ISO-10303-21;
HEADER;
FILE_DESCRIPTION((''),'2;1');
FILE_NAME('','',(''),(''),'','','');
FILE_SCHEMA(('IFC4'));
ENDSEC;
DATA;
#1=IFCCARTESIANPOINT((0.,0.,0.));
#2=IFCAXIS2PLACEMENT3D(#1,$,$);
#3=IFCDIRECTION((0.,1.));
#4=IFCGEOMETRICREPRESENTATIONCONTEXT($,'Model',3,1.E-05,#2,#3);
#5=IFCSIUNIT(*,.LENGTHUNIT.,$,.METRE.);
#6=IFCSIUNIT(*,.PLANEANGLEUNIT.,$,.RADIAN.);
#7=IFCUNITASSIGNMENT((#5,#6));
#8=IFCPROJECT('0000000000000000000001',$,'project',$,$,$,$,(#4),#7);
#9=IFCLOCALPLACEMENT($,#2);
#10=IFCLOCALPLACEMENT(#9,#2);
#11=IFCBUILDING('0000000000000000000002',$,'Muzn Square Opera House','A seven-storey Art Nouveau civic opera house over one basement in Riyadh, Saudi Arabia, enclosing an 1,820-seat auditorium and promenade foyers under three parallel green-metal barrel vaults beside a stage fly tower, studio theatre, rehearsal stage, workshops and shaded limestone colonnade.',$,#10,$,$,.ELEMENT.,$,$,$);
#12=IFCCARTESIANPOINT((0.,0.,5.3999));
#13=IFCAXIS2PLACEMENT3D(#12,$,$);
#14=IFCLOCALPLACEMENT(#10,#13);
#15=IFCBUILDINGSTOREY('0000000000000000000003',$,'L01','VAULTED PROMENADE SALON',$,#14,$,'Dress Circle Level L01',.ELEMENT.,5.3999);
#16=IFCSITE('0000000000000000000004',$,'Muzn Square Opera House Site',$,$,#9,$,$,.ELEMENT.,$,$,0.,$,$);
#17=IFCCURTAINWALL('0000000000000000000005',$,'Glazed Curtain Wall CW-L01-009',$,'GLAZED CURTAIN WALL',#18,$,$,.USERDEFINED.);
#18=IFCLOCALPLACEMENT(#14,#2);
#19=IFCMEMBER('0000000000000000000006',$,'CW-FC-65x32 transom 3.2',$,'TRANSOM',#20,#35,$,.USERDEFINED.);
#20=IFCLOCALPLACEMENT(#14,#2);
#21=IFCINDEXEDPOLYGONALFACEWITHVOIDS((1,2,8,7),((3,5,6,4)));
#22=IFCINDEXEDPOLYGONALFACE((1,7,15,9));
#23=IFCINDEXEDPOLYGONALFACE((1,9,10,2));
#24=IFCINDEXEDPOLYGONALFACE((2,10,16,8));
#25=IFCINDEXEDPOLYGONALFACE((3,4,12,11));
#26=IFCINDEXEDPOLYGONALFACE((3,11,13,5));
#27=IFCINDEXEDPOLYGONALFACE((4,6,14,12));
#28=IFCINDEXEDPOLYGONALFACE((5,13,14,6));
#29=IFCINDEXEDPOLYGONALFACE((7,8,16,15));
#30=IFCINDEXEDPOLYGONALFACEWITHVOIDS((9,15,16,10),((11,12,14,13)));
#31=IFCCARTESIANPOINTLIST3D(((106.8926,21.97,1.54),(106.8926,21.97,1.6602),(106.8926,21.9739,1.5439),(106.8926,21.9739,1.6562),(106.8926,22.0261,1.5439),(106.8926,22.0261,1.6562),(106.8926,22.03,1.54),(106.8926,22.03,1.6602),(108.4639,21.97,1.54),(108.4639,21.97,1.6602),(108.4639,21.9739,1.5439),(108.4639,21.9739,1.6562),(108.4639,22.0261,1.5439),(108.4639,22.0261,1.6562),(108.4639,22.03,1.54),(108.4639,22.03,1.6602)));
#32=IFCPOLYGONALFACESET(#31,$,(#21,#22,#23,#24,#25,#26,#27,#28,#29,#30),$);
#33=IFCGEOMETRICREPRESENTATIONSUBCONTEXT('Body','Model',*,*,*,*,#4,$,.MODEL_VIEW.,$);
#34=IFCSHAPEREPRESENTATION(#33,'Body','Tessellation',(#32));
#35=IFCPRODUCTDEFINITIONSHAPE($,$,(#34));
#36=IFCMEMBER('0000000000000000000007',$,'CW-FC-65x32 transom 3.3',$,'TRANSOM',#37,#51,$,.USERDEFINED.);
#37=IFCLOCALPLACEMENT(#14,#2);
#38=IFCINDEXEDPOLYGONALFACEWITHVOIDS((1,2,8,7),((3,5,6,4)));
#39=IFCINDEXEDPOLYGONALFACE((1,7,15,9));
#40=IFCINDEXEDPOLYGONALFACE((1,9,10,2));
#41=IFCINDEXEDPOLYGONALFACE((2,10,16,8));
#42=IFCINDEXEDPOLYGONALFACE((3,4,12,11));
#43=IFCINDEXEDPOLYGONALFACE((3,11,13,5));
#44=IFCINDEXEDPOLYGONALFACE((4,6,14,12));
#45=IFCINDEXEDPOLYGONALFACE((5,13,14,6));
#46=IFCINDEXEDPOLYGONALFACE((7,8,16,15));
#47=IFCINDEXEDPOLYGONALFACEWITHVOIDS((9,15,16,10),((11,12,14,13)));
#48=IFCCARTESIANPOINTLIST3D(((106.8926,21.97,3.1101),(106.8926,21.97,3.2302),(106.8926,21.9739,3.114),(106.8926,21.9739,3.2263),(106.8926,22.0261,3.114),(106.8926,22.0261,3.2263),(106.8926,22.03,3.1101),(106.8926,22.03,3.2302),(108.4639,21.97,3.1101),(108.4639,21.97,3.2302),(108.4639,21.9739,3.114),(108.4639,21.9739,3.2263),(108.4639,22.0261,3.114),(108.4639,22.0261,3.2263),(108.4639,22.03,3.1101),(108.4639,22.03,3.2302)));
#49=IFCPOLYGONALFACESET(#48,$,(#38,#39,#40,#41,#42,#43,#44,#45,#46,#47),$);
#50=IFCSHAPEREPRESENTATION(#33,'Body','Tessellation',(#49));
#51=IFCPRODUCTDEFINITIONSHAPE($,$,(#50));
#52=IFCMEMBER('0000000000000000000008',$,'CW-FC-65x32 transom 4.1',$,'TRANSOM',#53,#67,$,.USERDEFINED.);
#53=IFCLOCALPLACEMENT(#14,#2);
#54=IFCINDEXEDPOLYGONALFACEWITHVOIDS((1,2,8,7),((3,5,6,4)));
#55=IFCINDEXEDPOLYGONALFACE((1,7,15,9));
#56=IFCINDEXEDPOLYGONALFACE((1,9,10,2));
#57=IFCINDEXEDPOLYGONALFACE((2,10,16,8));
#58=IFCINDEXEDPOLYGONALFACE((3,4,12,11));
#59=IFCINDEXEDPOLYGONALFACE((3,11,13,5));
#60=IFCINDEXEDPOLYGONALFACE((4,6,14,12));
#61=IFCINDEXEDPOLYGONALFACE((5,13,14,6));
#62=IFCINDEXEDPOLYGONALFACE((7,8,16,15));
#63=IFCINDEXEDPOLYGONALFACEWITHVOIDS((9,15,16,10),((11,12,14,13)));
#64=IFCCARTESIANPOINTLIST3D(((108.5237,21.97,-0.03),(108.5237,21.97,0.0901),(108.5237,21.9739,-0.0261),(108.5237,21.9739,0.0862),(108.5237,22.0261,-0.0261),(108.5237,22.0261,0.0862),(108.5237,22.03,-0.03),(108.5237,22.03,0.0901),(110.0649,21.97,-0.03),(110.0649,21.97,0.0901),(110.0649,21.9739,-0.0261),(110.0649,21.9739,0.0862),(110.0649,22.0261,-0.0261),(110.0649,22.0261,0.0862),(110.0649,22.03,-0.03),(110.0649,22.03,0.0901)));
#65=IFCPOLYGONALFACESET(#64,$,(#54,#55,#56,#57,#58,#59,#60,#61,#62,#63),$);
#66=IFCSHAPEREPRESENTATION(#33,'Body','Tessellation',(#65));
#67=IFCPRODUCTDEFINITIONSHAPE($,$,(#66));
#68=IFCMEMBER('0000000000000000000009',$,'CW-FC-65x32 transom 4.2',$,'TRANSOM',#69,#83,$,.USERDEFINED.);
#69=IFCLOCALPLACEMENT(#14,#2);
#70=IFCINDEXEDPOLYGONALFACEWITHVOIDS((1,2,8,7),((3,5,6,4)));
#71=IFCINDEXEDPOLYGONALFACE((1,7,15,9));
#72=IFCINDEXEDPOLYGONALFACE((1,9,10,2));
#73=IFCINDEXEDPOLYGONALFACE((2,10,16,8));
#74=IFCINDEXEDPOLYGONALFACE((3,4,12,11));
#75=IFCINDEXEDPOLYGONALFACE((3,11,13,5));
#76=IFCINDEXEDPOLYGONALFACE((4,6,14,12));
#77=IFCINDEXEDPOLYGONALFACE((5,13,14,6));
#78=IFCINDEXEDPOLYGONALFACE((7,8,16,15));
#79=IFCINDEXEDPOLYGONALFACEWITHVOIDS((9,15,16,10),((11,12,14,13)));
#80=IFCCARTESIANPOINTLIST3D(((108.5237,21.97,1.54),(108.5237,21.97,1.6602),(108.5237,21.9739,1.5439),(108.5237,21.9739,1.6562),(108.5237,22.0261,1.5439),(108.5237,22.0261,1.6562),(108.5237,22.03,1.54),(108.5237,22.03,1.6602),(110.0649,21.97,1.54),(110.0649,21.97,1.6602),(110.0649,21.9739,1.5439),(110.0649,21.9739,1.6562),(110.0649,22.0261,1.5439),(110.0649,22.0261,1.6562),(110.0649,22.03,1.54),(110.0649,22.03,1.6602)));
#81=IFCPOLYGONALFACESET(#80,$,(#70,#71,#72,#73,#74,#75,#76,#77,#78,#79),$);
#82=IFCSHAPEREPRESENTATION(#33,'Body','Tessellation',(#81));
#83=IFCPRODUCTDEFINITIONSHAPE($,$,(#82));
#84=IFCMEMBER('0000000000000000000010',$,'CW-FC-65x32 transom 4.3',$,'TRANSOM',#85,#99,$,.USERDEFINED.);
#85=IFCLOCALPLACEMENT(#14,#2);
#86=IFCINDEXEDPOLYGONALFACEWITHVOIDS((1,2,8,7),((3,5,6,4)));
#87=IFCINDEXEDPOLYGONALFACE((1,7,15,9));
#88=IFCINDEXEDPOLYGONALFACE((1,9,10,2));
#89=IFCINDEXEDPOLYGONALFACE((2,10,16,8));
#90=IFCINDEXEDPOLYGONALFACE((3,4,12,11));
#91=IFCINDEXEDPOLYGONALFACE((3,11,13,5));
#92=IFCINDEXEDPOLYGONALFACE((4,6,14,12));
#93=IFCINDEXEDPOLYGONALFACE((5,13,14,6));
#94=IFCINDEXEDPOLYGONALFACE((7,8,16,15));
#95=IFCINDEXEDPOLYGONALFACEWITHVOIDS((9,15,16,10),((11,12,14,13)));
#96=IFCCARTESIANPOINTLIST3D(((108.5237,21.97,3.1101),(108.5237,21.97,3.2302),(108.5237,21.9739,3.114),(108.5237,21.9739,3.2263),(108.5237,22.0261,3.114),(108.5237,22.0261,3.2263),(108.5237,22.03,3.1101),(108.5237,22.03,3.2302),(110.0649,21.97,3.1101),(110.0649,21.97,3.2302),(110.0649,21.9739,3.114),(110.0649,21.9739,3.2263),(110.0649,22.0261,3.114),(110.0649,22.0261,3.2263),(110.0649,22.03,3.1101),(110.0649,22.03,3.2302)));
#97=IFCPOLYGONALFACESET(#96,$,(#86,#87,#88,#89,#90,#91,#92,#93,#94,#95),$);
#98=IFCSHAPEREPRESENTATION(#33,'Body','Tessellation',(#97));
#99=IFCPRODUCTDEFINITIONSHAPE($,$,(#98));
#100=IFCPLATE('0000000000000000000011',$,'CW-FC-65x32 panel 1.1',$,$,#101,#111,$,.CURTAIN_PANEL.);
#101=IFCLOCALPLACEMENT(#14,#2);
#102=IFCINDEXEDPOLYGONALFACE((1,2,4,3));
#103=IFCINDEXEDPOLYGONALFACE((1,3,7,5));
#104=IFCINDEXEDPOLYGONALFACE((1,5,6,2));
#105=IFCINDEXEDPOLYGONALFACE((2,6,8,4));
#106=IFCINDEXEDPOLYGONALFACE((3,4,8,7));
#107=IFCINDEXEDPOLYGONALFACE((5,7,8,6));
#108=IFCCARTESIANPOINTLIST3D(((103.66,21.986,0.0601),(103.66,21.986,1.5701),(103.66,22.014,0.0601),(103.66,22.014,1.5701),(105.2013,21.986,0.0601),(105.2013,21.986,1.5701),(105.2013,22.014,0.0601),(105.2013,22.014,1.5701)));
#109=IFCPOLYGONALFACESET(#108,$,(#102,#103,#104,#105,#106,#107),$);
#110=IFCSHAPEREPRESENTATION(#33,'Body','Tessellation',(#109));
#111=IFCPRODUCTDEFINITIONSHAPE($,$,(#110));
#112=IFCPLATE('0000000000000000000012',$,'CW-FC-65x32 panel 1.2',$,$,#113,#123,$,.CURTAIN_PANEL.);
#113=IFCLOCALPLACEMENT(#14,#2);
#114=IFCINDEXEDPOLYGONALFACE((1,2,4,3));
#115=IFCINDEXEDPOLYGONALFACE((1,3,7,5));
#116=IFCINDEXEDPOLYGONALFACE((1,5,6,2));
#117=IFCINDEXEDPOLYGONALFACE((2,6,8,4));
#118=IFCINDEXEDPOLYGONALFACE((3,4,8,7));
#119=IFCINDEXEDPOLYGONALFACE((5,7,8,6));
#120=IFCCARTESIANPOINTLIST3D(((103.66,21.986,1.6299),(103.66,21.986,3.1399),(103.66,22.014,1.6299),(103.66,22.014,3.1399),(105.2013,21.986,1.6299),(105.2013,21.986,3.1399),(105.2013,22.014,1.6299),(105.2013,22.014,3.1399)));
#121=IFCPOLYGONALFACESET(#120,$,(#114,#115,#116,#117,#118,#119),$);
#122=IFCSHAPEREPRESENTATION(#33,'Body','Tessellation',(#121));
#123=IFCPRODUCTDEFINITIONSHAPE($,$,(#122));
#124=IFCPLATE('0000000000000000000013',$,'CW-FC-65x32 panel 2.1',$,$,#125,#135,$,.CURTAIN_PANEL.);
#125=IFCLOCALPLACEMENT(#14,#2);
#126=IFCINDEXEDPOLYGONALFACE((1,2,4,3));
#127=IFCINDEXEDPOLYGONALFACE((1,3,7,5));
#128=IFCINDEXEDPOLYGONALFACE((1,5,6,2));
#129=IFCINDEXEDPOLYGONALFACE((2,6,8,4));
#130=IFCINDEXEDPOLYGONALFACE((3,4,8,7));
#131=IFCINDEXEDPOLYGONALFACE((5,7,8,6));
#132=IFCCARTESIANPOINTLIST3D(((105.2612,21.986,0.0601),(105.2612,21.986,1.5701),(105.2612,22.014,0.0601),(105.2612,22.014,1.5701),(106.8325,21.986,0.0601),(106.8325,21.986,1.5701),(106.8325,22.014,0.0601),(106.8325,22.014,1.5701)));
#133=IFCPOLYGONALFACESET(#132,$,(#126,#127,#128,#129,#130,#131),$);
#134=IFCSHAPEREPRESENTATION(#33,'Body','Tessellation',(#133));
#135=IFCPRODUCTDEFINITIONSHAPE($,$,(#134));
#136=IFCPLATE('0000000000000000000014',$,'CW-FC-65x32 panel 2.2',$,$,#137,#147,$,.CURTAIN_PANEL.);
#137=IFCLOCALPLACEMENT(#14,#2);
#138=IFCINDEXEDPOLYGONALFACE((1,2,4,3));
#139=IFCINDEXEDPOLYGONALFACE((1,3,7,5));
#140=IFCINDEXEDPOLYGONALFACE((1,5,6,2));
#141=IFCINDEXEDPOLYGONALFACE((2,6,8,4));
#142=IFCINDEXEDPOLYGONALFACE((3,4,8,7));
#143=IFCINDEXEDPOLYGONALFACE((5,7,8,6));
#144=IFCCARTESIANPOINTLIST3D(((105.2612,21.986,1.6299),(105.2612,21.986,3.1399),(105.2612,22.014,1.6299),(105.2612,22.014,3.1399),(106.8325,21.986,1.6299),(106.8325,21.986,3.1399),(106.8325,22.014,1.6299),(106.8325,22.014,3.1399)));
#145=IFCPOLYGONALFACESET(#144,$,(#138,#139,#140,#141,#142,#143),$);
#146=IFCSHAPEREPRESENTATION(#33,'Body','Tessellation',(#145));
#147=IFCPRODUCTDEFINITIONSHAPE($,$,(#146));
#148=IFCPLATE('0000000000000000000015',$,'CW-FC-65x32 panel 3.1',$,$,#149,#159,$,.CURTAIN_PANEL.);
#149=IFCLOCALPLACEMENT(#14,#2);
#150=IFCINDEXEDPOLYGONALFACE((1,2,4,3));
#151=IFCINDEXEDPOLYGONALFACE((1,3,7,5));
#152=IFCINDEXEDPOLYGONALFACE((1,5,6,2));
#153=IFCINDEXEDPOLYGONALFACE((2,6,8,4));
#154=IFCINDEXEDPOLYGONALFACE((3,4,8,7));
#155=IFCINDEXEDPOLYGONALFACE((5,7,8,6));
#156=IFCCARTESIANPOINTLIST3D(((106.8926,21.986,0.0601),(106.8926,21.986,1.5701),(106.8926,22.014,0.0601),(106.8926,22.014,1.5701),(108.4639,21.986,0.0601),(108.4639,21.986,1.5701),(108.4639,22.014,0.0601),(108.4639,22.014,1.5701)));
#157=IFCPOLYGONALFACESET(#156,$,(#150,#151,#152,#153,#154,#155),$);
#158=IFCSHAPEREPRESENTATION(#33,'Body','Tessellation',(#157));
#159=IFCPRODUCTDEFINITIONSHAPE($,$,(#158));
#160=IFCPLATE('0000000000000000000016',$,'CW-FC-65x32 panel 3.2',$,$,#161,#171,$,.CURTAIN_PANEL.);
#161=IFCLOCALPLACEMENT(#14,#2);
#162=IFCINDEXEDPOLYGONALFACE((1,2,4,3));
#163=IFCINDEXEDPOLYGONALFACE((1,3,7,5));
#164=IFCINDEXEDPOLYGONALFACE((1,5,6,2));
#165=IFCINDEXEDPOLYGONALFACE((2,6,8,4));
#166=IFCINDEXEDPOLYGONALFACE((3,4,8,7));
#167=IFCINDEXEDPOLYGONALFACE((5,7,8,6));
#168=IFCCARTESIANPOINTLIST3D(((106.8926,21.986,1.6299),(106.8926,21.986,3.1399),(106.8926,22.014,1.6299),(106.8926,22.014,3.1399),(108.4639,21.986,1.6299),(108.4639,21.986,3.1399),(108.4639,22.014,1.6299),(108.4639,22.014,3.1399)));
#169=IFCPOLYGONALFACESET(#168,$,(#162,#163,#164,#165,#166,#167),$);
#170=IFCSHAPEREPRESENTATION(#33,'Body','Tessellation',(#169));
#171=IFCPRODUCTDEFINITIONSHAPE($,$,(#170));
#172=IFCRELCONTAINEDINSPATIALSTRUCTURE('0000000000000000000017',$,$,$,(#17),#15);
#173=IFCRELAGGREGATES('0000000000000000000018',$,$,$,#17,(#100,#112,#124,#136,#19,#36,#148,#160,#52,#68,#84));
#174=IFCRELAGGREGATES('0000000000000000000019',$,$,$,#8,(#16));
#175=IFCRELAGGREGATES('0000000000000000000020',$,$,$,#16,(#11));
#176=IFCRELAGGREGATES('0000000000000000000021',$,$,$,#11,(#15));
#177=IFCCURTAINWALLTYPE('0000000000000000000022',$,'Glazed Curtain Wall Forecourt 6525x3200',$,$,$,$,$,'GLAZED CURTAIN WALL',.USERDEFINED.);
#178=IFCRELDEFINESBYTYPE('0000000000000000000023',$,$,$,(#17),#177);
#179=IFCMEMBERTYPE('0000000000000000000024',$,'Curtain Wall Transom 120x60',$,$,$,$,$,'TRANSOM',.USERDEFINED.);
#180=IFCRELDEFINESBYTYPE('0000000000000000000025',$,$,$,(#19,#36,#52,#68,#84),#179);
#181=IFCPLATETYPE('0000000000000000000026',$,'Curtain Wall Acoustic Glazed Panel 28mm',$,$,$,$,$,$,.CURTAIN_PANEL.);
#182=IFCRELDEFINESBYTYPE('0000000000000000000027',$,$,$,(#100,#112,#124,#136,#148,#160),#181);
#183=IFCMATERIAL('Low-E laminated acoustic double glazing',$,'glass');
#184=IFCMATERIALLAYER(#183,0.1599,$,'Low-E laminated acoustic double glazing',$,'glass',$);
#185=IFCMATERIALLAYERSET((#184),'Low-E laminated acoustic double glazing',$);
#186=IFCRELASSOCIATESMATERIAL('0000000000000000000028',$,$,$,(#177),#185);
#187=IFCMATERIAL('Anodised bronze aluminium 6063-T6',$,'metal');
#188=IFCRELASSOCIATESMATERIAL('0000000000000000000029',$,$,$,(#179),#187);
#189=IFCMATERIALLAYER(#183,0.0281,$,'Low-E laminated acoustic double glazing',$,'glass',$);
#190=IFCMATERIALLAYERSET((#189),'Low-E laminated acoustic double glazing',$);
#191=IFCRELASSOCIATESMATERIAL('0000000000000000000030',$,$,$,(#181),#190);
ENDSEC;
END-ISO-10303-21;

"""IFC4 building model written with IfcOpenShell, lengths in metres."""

from ifc_helpers import new_model, si_unit, direction, frame, origin, origin_2d, place, context, subcontext, project, spatial, rectangle, hollow_rectangle, extrude, material, layer, layer_set, material_profile, profile_set, type_object, element, aggregate, save


model = new_model("IFC4")

# Units and contexts
model_context = context("Model", 3, precision=1e-05, world=origin(), true_north=direction((0.0, 1.0)))
body_context = subcontext(model_context, "Body", "Model", "MODEL_VIEW")
ifc_project = project(units=[si_unit("LENGTHUNIT", "METRE"), si_unit("PLANEANGLEUNIT", "RADIAN")], contexts=[model_context])

# Site, building, storey
site_placement = place(None, origin())
site = spatial("IfcSite", under=ifc_project, at=site_placement, Name="Muzn Square Opera House Site", CompositionType="ELEMENT", RefElevation=0.0)
building_placement = place(site_placement, origin())
building = spatial("IfcBuilding", under=site, at=building_placement, Name="Muzn Square Opera House", Description="A seven-storey Art Nouveau civic opera house over one basement in Riyadh, Saudi Arabia, enclosing an 1,820-seat auditorium and promenade foyers under three parallel green-metal barrel vaults beside a stage fly tower, studio theatre, rehearsal stage, workshops and shaded limestone colonnade.", CompositionType="ELEMENT")
storey_placement = place(building_placement, frame((0.0, 0.0, 5.3999)))
storey = spatial("IfcBuildingStorey", under=building, at=storey_placement, Name="L01", Description="VAULTED PROMENADE SALON", LongName="Dress Circle Level L01", CompositionType="ELEMENT", Elevation=5.3999)

# Curtain wall, members, plates
ifc_material_1 = material(Name="Low-E laminated acoustic double glazing", Category="glass")
ifc_layer_1 = layer(ifc_material_1, 0.1599, Name="Low-E laminated acoustic double glazing", Category="glass")
ifc_layer_set_1 = layer_set([ifc_layer_1], Name="Low-E laminated acoustic double glazing")
curtain_wall_type = type_object("IfcCurtainWallType", Name="Glazed Curtain Wall Forecourt 6525x3200", ElementType="GLAZED CURTAIN WALL", PredefinedType="USERDEFINED", material=ifc_layer_set_1)
curtain_wall_placement = place(storey_placement, origin())
curtain_wall = element("IfcCurtainWall", 1, at=curtain_wall_placement, inside=storey, type_object=curtain_wall_type, Name="Glazed Curtain Wall CW-L01-009", ObjectType="GLAZED CURTAIN WALL", PredefinedType="USERDEFINED")
ifc_material_2 = material(Name="Anodised bronze aluminium 6063-T6", Category="metal")
ifc_material_profile_1 = material_profile(ifc_material_2, hollow_rectangle(XDim=0.0601, YDim=0.1201, WallThickness=0.0039, at=origin_2d()), Name="ALU 120x60x4", Category="metal")
ifc_profile_set_1 = profile_set([ifc_material_profile_1], Name="Anodised bronze aluminium 6063-T6")
member_type_1 = type_object("IfcMemberType", Name="Curtain Wall Transom 120x60", ElementType="TRANSOM", PredefinedType="USERDEFINED", material=ifc_profile_set_1)
member_1_placement = place(storey_placement, frame((106.8926, 22.0, 1.6001), z_axis=(1.0, 0.0, 0.0), x_axis=(0.0, 1.0, 0.0)))
member_1 = element("IfcMember", 2, at=member_1_placement, type_object=member_type_1, Name="CW-FC-65x32 transom 3.2", ObjectType="TRANSOM", PredefinedType="USERDEFINED", context=body_context, shape_type="SweptSolid", body=[
    extrude(hollow_rectangle(XDim=0.0601, YDim=0.1201, WallThickness=0.0039, at=origin_2d()), origin(), (0.0, 0.0, 1.0), 1.5713),
])
member_2_placement = place(storey_placement, frame((106.8926, 22.0, 3.1702), z_axis=(1.0, 0.0, 0.0), x_axis=(0.0, 1.0, 0.0)))
member_2 = element("IfcMember", 3, at=member_2_placement, type_object=member_type_1, Name="CW-FC-65x32 transom 3.3", ObjectType="TRANSOM", PredefinedType="USERDEFINED", context=body_context, shape_type="SweptSolid", body=[
    extrude(hollow_rectangle(XDim=0.0601, YDim=0.1201, WallThickness=0.0039, at=origin_2d()), origin(), (0.0, 0.0, 1.0), 1.5713),
])
member_3_placement = place(storey_placement, frame((108.5237, 22.0, 0.03), z_axis=(1.0, 0.0, 0.0), x_axis=(0.0, 1.0, 0.0)))
member_3 = element("IfcMember", 4, at=member_3_placement, type_object=member_type_1, Name="CW-FC-65x32 transom 4.1", ObjectType="TRANSOM", PredefinedType="USERDEFINED", context=body_context, shape_type="SweptSolid", body=[
    extrude(hollow_rectangle(XDim=0.0601, YDim=0.1201, WallThickness=0.0039, at=origin_2d()), origin(), (0.0, 0.0, 1.0), 1.5413),
])
member_4_placement = place(storey_placement, frame((108.5237, 22.0, 1.6001), z_axis=(1.0, 0.0, 0.0), x_axis=(0.0, 1.0, 0.0)))
member_4 = element("IfcMember", 5, at=member_4_placement, type_object=member_type_1, Name="CW-FC-65x32 transom 4.2", ObjectType="TRANSOM", PredefinedType="USERDEFINED", context=body_context, shape_type="SweptSolid", body=[
    extrude(hollow_rectangle(XDim=0.0601, YDim=0.1201, WallThickness=0.0039, at=origin_2d()), origin(), (0.0, 0.0, 1.0), 1.5413),
])
member_5_placement = place(storey_placement, frame((108.5237, 22.0, 3.1702), z_axis=(1.0, 0.0, 0.0), x_axis=(0.0, 1.0, 0.0)))
member_5 = element("IfcMember", 6, at=member_5_placement, type_object=member_type_1, Name="CW-FC-65x32 transom 4.3", ObjectType="TRANSOM", PredefinedType="USERDEFINED", context=body_context, shape_type="SweptSolid", body=[
    extrude(hollow_rectangle(XDim=0.0601, YDim=0.1201, WallThickness=0.0039, at=origin_2d()), origin(), (0.0, 0.0, 1.0), 1.5413),
])
ifc_layer_2 = layer(ifc_material_1, 0.0281, Name="Low-E laminated acoustic double glazing", Category="glass")
ifc_layer_set_2 = layer_set([ifc_layer_2], Name="Low-E laminated acoustic double glazing")
plate_type = type_object("IfcPlateType", Name="Curtain Wall Acoustic Glazed Panel 28mm", PredefinedType="CURTAIN_PANEL", material=ifc_layer_set_2)
plate_1_placement = place(storey_placement, frame((104.4307, 22.0, 0.0601), z_axis=(0.0, 0.0, 1.0), x_axis=(1.0, 0.0, 0.0)))
plate_1 = element("IfcPlate", 7, at=plate_1_placement, type_object=plate_type, Name="CW-FC-65x32 panel 1.1", PredefinedType="CURTAIN_PANEL", context=body_context, shape_type="SweptSolid", body=[
    extrude(rectangle(XDim=1.5413, YDim=0.0281, at=origin_2d()), origin(), (0.0, 0.0, 1.0), 1.51),
])
plate_2_placement = place(storey_placement, frame((104.4307, 22.0, 1.6299), z_axis=(0.0, 0.0, 1.0), x_axis=(1.0, 0.0, 0.0)))
plate_2 = element("IfcPlate", 8, at=plate_2_placement, type_object=plate_type, Name="CW-FC-65x32 panel 1.2", PredefinedType="CURTAIN_PANEL", context=body_context, shape_type="SweptSolid", body=[
    extrude(rectangle(XDim=1.5413, YDim=0.0281, at=origin_2d()), origin(), (0.0, 0.0, 1.0), 1.51),
])
plate_3_placement = place(storey_placement, frame((106.0469, 22.0, 0.0601), z_axis=(0.0, 0.0, 1.0), x_axis=(1.0, 0.0, 0.0)))
plate_3 = element("IfcPlate", 9, at=plate_3_placement, type_object=plate_type, Name="CW-FC-65x32 panel 2.1", PredefinedType="CURTAIN_PANEL", context=body_context, shape_type="SweptSolid", body=[
    extrude(rectangle(XDim=1.5713, YDim=0.0281, at=origin_2d()), origin(), (0.0, 0.0, 1.0), 1.51),
])
plate_4_placement = place(storey_placement, frame((106.0469, 22.0, 1.6299), z_axis=(0.0, 0.0, 1.0), x_axis=(1.0, 0.0, 0.0)))
plate_4 = element("IfcPlate", 10, at=plate_4_placement, type_object=plate_type, Name="CW-FC-65x32 panel 2.2", PredefinedType="CURTAIN_PANEL", context=body_context, shape_type="SweptSolid", body=[
    extrude(rectangle(XDim=1.5713, YDim=0.0281, at=origin_2d()), origin(), (0.0, 0.0, 1.0), 1.51),
])
plate_5_placement = place(storey_placement, frame((107.6782, 22.0, 0.0601), z_axis=(0.0, 0.0, 1.0), x_axis=(1.0, 0.0, 0.0)))
plate_5 = element("IfcPlate", 11, at=plate_5_placement, type_object=plate_type, Name="CW-FC-65x32 panel 3.1", PredefinedType="CURTAIN_PANEL", context=body_context, shape_type="SweptSolid", body=[
    extrude(rectangle(XDim=1.5713, YDim=0.0281, at=origin_2d()), origin(), (0.0, 0.0, 1.0), 1.51),
])
plate_6_placement = place(storey_placement, frame((107.6782, 22.0, 1.6299), z_axis=(0.0, 0.0, 1.0), x_axis=(1.0, 0.0, 0.0)))
plate_6 = element("IfcPlate", 12, at=plate_6_placement, type_object=plate_type, Name="CW-FC-65x32 panel 3.2", PredefinedType="CURTAIN_PANEL", context=body_context, shape_type="SweptSolid", body=[
    extrude(rectangle(XDim=1.5713, YDim=0.0281, at=origin_2d()), origin(), (0.0, 0.0, 1.0), 1.51),
])
aggregate(curtain_wall, [plate_1, plate_2, plate_3, plate_4, member_1, member_2, plate_5, plate_6, member_3, member_4, member_5])

save(model, "model.ifc")
